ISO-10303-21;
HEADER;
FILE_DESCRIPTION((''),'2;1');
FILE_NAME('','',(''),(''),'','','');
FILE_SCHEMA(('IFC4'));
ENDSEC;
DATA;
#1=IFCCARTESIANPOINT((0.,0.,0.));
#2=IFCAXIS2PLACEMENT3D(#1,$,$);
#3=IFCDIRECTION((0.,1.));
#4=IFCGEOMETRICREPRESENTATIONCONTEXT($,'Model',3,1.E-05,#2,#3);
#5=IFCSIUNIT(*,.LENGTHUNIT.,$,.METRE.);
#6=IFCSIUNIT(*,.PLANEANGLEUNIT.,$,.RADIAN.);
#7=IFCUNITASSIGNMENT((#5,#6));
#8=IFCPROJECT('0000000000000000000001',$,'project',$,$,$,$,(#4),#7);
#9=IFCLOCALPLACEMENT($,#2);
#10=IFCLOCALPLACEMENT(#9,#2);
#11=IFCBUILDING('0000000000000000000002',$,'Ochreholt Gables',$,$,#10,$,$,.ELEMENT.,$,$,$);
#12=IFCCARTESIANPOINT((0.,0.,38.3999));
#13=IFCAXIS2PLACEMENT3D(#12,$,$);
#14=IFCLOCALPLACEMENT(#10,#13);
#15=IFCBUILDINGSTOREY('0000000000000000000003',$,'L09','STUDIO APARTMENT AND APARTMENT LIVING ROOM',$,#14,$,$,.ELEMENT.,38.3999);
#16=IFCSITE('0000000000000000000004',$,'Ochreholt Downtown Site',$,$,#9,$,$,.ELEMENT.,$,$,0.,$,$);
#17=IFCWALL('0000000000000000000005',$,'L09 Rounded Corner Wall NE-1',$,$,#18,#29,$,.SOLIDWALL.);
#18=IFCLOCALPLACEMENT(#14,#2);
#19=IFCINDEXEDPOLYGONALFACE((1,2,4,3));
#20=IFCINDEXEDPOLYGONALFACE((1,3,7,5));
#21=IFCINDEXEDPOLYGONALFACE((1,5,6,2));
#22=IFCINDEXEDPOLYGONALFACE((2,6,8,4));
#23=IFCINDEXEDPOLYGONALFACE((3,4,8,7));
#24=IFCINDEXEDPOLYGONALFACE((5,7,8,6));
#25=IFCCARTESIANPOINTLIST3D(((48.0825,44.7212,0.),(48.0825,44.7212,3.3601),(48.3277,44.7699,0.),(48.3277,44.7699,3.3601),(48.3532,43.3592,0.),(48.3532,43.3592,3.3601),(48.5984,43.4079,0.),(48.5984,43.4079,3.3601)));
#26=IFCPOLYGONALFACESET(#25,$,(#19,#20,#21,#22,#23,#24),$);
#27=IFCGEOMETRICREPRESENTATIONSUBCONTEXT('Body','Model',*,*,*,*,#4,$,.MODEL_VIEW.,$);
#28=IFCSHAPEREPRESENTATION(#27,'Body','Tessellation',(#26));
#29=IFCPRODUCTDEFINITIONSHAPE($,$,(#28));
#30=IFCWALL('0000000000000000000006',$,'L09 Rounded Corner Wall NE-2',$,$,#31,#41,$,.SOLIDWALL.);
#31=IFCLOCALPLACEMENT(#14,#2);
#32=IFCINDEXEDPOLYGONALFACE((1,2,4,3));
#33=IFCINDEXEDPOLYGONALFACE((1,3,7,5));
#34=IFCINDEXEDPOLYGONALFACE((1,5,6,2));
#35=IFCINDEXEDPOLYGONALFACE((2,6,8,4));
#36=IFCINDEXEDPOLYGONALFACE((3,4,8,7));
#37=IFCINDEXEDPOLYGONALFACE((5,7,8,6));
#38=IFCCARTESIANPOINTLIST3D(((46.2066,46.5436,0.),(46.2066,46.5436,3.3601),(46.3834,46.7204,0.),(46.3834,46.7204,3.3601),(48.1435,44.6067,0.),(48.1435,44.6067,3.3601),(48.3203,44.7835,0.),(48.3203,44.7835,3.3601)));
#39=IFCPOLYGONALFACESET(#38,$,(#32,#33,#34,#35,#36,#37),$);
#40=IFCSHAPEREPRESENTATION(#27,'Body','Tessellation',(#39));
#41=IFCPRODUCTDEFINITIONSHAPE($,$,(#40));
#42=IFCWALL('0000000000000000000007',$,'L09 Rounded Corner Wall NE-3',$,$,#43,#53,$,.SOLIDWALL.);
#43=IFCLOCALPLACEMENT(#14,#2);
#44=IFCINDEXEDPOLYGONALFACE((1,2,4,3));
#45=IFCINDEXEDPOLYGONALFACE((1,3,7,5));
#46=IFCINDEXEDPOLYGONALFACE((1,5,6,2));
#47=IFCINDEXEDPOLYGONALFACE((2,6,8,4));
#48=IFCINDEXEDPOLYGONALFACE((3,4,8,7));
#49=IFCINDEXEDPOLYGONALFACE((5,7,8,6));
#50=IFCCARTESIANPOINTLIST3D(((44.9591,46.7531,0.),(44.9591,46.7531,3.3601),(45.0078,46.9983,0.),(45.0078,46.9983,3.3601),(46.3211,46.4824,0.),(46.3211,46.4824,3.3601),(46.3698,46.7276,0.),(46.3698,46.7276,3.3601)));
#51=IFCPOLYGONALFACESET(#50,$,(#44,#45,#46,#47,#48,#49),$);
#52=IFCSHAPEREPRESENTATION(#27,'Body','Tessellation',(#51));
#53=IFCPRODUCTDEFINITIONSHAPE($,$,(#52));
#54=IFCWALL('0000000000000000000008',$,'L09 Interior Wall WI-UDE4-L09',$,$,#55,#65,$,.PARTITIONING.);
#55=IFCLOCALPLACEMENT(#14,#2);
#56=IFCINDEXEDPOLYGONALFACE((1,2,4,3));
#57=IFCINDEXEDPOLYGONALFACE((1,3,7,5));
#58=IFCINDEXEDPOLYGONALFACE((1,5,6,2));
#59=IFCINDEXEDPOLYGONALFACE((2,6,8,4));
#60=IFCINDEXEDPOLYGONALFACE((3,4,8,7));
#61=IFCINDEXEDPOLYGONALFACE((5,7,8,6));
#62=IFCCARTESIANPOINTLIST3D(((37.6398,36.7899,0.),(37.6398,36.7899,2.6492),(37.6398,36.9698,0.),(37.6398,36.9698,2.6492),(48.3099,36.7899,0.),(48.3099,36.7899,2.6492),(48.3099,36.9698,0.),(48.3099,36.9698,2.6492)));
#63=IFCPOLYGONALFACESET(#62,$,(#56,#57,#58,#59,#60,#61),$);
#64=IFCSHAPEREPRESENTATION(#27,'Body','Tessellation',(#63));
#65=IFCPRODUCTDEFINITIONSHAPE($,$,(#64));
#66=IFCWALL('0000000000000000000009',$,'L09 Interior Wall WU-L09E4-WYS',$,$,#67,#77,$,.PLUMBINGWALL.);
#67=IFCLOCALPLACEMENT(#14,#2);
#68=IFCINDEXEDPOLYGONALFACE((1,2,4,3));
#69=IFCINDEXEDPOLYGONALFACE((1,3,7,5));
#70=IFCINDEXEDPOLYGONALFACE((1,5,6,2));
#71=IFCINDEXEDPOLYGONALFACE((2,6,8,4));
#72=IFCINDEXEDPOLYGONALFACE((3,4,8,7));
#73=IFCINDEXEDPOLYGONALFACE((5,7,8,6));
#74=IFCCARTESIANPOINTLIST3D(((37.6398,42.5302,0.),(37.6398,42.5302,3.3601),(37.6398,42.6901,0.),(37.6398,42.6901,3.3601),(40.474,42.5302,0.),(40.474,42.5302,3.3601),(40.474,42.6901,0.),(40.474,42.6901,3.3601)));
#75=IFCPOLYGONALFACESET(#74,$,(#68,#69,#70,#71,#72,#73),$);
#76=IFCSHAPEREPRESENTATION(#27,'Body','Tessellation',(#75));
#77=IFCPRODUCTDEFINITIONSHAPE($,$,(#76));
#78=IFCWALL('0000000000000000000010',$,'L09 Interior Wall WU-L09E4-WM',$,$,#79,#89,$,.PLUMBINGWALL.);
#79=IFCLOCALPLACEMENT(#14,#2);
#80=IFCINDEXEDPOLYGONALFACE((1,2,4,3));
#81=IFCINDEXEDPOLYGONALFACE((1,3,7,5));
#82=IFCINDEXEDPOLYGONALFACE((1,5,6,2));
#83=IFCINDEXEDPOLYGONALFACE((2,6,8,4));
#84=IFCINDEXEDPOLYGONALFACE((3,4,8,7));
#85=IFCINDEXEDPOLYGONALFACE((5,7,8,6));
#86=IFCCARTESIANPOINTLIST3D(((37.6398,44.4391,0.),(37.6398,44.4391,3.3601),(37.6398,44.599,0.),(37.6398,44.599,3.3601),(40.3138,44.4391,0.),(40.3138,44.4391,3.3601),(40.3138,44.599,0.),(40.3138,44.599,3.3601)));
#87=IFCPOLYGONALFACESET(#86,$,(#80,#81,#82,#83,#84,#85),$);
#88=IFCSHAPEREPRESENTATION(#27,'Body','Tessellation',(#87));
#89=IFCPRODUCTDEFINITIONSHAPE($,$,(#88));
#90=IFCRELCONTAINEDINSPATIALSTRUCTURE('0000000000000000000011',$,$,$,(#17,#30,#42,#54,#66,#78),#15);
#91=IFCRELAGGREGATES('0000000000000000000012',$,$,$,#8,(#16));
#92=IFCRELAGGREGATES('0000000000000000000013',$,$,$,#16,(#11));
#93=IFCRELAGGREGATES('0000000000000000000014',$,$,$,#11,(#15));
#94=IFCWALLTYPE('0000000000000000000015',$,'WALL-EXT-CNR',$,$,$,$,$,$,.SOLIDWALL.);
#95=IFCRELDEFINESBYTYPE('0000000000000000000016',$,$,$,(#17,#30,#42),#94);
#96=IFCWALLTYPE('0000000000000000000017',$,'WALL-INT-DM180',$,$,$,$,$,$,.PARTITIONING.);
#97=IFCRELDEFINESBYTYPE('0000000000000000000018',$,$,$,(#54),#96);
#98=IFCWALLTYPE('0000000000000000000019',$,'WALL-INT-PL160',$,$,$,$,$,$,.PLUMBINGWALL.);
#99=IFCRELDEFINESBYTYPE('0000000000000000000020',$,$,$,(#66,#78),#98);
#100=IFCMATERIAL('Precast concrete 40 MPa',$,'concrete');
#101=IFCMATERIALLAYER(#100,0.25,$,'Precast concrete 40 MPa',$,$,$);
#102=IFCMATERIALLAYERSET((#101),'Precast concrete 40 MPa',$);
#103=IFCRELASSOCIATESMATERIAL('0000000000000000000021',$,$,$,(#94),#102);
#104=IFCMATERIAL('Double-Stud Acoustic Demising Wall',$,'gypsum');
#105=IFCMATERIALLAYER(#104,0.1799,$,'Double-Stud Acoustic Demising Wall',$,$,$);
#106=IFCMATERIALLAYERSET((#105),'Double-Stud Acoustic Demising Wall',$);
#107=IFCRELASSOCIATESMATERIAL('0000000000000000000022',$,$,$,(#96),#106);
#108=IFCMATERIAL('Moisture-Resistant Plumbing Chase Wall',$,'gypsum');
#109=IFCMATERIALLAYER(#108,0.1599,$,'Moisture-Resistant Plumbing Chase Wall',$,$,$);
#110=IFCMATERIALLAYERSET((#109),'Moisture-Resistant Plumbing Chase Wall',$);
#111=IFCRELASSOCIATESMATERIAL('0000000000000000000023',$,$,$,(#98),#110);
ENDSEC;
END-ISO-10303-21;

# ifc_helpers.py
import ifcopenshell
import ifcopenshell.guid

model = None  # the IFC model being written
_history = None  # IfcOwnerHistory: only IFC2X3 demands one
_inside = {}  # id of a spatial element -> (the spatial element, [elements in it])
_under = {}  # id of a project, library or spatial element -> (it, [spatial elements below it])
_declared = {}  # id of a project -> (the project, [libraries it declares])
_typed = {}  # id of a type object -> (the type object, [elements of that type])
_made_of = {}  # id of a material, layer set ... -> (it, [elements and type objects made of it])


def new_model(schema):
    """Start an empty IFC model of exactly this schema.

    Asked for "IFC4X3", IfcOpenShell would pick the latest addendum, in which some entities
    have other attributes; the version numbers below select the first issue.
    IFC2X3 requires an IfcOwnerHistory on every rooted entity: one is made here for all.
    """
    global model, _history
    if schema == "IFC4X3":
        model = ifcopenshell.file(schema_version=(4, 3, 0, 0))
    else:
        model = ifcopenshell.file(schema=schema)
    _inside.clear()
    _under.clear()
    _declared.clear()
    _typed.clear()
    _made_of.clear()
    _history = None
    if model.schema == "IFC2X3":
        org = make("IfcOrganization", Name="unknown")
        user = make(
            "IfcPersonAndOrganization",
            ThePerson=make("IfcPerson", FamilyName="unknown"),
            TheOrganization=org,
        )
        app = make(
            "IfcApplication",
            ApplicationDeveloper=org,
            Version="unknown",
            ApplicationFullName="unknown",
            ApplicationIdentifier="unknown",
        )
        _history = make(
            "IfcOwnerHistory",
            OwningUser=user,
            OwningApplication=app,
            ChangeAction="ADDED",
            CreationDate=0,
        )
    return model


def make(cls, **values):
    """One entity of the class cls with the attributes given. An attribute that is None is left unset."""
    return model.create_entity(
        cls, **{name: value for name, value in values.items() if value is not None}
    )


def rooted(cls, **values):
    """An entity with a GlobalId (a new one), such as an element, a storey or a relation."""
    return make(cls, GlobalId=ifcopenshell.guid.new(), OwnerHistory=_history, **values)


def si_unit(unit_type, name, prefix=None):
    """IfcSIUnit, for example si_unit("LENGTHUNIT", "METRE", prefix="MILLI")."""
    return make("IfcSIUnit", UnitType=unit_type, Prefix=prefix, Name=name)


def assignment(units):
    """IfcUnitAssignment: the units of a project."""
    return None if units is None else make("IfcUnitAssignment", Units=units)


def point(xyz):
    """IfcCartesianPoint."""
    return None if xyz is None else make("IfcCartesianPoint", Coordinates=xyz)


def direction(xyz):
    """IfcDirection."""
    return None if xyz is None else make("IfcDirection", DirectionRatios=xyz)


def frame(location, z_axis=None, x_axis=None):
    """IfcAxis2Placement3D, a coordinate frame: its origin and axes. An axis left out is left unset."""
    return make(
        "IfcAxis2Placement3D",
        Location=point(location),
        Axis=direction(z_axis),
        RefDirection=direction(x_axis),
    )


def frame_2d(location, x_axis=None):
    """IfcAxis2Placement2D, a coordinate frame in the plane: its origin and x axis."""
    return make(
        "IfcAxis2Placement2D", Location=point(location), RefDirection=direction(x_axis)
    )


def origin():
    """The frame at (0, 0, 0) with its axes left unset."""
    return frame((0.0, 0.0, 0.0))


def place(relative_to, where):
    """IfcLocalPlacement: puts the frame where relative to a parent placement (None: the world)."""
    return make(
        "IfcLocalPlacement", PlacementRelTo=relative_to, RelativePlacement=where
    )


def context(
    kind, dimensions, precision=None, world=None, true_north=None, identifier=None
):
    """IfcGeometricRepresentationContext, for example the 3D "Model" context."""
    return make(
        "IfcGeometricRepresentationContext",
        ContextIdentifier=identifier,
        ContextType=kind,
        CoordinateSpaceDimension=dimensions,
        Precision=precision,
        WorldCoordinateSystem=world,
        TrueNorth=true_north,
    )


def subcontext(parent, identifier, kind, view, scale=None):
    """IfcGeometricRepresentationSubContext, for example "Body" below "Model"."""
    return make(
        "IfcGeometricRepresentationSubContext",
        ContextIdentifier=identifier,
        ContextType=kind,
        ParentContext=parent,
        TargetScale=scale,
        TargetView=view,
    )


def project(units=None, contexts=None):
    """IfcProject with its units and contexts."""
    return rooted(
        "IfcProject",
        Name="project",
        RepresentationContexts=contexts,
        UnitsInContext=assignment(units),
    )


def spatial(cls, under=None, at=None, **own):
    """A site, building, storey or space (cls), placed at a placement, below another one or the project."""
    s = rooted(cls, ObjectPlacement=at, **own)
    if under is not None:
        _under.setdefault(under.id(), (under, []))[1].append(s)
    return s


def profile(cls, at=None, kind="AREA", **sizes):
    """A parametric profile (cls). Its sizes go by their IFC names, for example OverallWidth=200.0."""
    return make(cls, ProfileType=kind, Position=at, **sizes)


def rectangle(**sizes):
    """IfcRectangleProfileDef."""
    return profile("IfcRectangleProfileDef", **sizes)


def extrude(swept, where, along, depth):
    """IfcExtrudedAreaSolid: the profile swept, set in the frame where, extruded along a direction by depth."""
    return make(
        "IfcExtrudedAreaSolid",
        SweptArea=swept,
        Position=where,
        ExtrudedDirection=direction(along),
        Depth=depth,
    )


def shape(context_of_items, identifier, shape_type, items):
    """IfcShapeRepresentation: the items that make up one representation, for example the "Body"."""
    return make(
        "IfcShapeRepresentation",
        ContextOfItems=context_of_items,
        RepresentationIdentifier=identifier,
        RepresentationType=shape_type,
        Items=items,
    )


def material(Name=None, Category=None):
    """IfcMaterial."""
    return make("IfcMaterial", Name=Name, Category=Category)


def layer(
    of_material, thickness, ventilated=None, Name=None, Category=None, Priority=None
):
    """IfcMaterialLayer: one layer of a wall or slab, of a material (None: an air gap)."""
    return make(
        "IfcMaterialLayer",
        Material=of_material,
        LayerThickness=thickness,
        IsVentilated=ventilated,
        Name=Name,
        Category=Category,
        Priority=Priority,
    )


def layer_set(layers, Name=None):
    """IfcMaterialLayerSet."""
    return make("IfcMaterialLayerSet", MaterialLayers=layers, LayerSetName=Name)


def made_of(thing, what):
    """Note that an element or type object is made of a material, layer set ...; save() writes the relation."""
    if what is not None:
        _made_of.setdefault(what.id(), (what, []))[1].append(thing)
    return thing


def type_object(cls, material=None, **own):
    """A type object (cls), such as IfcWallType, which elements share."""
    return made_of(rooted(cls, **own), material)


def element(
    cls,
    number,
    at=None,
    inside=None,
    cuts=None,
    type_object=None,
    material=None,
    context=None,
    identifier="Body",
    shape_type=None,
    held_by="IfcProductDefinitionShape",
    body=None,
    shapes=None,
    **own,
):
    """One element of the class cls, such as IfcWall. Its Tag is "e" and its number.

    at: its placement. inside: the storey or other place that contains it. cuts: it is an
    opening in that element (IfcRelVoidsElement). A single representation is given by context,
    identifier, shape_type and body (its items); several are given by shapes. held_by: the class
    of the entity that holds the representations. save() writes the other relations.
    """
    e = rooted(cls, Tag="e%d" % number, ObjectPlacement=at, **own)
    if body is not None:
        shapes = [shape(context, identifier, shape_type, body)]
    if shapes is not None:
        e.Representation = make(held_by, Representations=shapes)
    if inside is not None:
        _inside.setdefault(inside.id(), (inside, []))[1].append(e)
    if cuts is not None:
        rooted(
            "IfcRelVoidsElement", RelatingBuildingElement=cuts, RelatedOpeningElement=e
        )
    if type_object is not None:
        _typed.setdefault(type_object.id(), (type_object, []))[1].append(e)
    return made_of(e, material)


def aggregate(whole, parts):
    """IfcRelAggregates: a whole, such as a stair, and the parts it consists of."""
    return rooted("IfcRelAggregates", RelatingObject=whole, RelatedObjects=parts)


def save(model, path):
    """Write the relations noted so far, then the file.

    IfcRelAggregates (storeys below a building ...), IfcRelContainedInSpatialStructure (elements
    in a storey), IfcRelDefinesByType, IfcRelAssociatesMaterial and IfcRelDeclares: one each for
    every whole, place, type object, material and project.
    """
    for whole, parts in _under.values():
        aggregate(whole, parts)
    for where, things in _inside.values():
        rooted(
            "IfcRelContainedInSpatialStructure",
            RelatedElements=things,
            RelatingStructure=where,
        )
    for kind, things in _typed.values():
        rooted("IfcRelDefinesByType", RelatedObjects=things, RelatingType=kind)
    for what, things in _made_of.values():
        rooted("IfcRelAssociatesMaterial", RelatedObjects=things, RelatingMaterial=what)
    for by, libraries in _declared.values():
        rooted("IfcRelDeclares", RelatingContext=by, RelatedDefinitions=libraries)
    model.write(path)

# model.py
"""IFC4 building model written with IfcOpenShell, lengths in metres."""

from ifc_helpers import new_model, si_unit, direction, frame, frame_2d, origin, place, context, subcontext, project, spatial, rectangle, extrude, material, layer, layer_set, type_object, element, save


model = new_model("IFC4")

# Units and contexts
model_context = context("Model", 3, precision=1e-05, world=origin(), true_north=direction((0.0, 1.0)))
body_context = subcontext(model_context, "Body", "Model", "MODEL_VIEW")
ifc_project = project(units=[si_unit("LENGTHUNIT", "METRE"), si_unit("PLANEANGLEUNIT", "RADIAN")], contexts=[model_context])

# Site, building, storey
site_placement = place(None, origin())
site = spatial("IfcSite", under=ifc_project, at=site_placement, Name="Ochreholt Downtown Site", CompositionType="ELEMENT", RefElevation=0.0)
building_placement = place(site_placement, origin())
building = spatial("IfcBuilding", under=site, at=building_placement, Name="Ochreholt Gables", CompositionType="ELEMENT")
storey_placement = place(building_placement, frame((0.0, 0.0, 38.3999)))
storey = spatial("IfcBuildingStorey", under=building, at=storey_placement, Name="L09", Description="STUDIO APARTMENT AND APARTMENT LIVING ROOM", CompositionType="ELEMENT", Elevation=38.3999)

# Shared definitions
ifc_material_1 = material(Name="Precast concrete 40 MPa", Category="concrete")

# Walls
ifc_layer_1 = layer(ifc_material_1, 0.25, Name="Precast concrete 40 MPa")
ifc_layer_set_1 = layer_set([ifc_layer_1], Name="Precast concrete 40 MPa")
wall_type_1 = type_object("IfcWallType", Name="WALL-EXT-CNR", PredefinedType="SOLIDWALL", material=ifc_layer_set_1)
wall_1_placement = place(storey_placement, frame((48.4758, 43.3835, 0.0), z_axis=(0.0, 0.0, 1.0), x_axis=(-0.194967, 0.98081, 0.0)))
element("IfcWall", 1, at=wall_1_placement, inside=storey, type_object=wall_type_1, Name="L09 Rounded Corner Wall NE-1", PredefinedType="SOLIDWALL", context=body_context, shape_type="SweptSolid", body=[
    extrude(rectangle(XDim=1.3887, YDim=0.25, at=frame_2d((0.6943, 0.0))), origin(), (0.0, 0.0, 1.0), 3.3601),
])
wall_2_placement = place(storey_placement, frame((48.2319, 44.6951, 0.0), z_axis=(0.0, 0.0, 1.0), x_axis=(-0.707107, 0.707107, 0.0)))
element("IfcWall", 2, at=wall_2_placement, inside=storey, type_object=wall_type_1, Name="L09 Rounded Corner Wall NE-2", PredefinedType="SOLIDWALL", context=body_context, shape_type="SweptSolid", body=[
    extrude(rectangle(XDim=2.7393, YDim=0.25, at=frame_2d((1.3696, 0.0))), origin(), (0.0, 0.0, 1.0), 3.3601),
])
wall_3_placement = place(storey_placement, frame((46.3455, 46.605, 0.0), z_axis=(0.0, 0.0, 1.0), x_axis=(-0.98081, 0.194967, 0.0)))
element("IfcWall", 3, at=wall_3_placement, inside=storey, type_object=wall_type_1, Name="L09 Rounded Corner Wall NE-3", PredefinedType="SOLIDWALL", context=body_context, shape_type="SweptSolid", body=[
    extrude(rectangle(XDim=1.3887, YDim=0.25, at=frame_2d((0.6943, 0.0))), origin(), (0.0, 0.0, 1.0), 3.3601),
])
ifc_material_2 = material(Name="Double-Stud Acoustic Demising Wall", Category="gypsum")
ifc_layer_2 = layer(ifc_material_2, 0.1799, Name="Double-Stud Acoustic Demising Wall")
ifc_layer_set_2 = layer_set([ifc_layer_2], Name="Double-Stud Acoustic Demising Wall")
wall_type_2 = type_object("IfcWallType", Name="WALL-INT-DM180", PredefinedType="PARTITIONING", material=ifc_layer_set_2)
wall_4_placement = place(storey_placement, frame((37.6399, 36.8799, 0.0), z_axis=(0.0, 0.0, 1.0), x_axis=(1.0, 0.0, 0.0)))
element("IfcWall", 4, at=wall_4_placement, inside=storey, type_object=wall_type_2, Name="L09 Interior Wall WI-UDE4-L09", PredefinedType="PARTITIONING", context=body_context, shape_type="SweptSolid", body=[
    extrude(rectangle(XDim=10.6702, YDim=0.1799, at=frame_2d((5.335, 0.0))), origin(), (0.0, 0.0, 1.0), 2.6492),
])
ifc_material_3 = material(Name="Moisture-Resistant Plumbing Chase Wall", Category="gypsum")
ifc_layer_3 = layer(ifc_material_3, 0.1599, Name="Moisture-Resistant Plumbing Chase Wall")
ifc_layer_set_3 = layer_set([ifc_layer_3], Name="Moisture-Resistant Plumbing Chase Wall")
wall_type_3 = type_object("IfcWallType", Name="WALL-INT-PL160", PredefinedType="PLUMBINGWALL", material=ifc_layer_set_3)
wall_5_placement = place(storey_placement, frame((37.6399, 42.6101, 0.0), z_axis=(0.0, 0.0, 1.0), x_axis=(1.0, 0.0, 0.0)))
element("IfcWall", 5, at=wall_5_placement, inside=storey, type_object=wall_type_3, Name="L09 Interior Wall WU-L09E4-WYS", PredefinedType="PLUMBINGWALL", context=body_context, shape_type="SweptSolid", body=[
    extrude(rectangle(XDim=2.8342, YDim=0.1599, at=frame_2d((1.417, 0.0))), origin(), (0.0, 0.0, 1.0), 3.3601),
])

# Wall
wall_6_placement = place(storey_placement, frame((37.6399, 44.519, 0.0), z_axis=(0.0, 0.0, 1.0), x_axis=(1.0, 0.0, 0.0)))
element("IfcWall", 6, at=wall_6_placement, inside=storey, type_object=wall_type_3, Name="L09 Interior Wall WU-L09E4-WM", PredefinedType="PLUMBINGWALL", context=body_context, shape_type="SweptSolid", body=[
    extrude(rectangle(XDim=2.6741, YDim=0.1599, at=frame_2d((1.3369, 0.0))), origin(), (0.0, 0.0, 1.0), 3.3601),
])

save(model, "model.ifc")
